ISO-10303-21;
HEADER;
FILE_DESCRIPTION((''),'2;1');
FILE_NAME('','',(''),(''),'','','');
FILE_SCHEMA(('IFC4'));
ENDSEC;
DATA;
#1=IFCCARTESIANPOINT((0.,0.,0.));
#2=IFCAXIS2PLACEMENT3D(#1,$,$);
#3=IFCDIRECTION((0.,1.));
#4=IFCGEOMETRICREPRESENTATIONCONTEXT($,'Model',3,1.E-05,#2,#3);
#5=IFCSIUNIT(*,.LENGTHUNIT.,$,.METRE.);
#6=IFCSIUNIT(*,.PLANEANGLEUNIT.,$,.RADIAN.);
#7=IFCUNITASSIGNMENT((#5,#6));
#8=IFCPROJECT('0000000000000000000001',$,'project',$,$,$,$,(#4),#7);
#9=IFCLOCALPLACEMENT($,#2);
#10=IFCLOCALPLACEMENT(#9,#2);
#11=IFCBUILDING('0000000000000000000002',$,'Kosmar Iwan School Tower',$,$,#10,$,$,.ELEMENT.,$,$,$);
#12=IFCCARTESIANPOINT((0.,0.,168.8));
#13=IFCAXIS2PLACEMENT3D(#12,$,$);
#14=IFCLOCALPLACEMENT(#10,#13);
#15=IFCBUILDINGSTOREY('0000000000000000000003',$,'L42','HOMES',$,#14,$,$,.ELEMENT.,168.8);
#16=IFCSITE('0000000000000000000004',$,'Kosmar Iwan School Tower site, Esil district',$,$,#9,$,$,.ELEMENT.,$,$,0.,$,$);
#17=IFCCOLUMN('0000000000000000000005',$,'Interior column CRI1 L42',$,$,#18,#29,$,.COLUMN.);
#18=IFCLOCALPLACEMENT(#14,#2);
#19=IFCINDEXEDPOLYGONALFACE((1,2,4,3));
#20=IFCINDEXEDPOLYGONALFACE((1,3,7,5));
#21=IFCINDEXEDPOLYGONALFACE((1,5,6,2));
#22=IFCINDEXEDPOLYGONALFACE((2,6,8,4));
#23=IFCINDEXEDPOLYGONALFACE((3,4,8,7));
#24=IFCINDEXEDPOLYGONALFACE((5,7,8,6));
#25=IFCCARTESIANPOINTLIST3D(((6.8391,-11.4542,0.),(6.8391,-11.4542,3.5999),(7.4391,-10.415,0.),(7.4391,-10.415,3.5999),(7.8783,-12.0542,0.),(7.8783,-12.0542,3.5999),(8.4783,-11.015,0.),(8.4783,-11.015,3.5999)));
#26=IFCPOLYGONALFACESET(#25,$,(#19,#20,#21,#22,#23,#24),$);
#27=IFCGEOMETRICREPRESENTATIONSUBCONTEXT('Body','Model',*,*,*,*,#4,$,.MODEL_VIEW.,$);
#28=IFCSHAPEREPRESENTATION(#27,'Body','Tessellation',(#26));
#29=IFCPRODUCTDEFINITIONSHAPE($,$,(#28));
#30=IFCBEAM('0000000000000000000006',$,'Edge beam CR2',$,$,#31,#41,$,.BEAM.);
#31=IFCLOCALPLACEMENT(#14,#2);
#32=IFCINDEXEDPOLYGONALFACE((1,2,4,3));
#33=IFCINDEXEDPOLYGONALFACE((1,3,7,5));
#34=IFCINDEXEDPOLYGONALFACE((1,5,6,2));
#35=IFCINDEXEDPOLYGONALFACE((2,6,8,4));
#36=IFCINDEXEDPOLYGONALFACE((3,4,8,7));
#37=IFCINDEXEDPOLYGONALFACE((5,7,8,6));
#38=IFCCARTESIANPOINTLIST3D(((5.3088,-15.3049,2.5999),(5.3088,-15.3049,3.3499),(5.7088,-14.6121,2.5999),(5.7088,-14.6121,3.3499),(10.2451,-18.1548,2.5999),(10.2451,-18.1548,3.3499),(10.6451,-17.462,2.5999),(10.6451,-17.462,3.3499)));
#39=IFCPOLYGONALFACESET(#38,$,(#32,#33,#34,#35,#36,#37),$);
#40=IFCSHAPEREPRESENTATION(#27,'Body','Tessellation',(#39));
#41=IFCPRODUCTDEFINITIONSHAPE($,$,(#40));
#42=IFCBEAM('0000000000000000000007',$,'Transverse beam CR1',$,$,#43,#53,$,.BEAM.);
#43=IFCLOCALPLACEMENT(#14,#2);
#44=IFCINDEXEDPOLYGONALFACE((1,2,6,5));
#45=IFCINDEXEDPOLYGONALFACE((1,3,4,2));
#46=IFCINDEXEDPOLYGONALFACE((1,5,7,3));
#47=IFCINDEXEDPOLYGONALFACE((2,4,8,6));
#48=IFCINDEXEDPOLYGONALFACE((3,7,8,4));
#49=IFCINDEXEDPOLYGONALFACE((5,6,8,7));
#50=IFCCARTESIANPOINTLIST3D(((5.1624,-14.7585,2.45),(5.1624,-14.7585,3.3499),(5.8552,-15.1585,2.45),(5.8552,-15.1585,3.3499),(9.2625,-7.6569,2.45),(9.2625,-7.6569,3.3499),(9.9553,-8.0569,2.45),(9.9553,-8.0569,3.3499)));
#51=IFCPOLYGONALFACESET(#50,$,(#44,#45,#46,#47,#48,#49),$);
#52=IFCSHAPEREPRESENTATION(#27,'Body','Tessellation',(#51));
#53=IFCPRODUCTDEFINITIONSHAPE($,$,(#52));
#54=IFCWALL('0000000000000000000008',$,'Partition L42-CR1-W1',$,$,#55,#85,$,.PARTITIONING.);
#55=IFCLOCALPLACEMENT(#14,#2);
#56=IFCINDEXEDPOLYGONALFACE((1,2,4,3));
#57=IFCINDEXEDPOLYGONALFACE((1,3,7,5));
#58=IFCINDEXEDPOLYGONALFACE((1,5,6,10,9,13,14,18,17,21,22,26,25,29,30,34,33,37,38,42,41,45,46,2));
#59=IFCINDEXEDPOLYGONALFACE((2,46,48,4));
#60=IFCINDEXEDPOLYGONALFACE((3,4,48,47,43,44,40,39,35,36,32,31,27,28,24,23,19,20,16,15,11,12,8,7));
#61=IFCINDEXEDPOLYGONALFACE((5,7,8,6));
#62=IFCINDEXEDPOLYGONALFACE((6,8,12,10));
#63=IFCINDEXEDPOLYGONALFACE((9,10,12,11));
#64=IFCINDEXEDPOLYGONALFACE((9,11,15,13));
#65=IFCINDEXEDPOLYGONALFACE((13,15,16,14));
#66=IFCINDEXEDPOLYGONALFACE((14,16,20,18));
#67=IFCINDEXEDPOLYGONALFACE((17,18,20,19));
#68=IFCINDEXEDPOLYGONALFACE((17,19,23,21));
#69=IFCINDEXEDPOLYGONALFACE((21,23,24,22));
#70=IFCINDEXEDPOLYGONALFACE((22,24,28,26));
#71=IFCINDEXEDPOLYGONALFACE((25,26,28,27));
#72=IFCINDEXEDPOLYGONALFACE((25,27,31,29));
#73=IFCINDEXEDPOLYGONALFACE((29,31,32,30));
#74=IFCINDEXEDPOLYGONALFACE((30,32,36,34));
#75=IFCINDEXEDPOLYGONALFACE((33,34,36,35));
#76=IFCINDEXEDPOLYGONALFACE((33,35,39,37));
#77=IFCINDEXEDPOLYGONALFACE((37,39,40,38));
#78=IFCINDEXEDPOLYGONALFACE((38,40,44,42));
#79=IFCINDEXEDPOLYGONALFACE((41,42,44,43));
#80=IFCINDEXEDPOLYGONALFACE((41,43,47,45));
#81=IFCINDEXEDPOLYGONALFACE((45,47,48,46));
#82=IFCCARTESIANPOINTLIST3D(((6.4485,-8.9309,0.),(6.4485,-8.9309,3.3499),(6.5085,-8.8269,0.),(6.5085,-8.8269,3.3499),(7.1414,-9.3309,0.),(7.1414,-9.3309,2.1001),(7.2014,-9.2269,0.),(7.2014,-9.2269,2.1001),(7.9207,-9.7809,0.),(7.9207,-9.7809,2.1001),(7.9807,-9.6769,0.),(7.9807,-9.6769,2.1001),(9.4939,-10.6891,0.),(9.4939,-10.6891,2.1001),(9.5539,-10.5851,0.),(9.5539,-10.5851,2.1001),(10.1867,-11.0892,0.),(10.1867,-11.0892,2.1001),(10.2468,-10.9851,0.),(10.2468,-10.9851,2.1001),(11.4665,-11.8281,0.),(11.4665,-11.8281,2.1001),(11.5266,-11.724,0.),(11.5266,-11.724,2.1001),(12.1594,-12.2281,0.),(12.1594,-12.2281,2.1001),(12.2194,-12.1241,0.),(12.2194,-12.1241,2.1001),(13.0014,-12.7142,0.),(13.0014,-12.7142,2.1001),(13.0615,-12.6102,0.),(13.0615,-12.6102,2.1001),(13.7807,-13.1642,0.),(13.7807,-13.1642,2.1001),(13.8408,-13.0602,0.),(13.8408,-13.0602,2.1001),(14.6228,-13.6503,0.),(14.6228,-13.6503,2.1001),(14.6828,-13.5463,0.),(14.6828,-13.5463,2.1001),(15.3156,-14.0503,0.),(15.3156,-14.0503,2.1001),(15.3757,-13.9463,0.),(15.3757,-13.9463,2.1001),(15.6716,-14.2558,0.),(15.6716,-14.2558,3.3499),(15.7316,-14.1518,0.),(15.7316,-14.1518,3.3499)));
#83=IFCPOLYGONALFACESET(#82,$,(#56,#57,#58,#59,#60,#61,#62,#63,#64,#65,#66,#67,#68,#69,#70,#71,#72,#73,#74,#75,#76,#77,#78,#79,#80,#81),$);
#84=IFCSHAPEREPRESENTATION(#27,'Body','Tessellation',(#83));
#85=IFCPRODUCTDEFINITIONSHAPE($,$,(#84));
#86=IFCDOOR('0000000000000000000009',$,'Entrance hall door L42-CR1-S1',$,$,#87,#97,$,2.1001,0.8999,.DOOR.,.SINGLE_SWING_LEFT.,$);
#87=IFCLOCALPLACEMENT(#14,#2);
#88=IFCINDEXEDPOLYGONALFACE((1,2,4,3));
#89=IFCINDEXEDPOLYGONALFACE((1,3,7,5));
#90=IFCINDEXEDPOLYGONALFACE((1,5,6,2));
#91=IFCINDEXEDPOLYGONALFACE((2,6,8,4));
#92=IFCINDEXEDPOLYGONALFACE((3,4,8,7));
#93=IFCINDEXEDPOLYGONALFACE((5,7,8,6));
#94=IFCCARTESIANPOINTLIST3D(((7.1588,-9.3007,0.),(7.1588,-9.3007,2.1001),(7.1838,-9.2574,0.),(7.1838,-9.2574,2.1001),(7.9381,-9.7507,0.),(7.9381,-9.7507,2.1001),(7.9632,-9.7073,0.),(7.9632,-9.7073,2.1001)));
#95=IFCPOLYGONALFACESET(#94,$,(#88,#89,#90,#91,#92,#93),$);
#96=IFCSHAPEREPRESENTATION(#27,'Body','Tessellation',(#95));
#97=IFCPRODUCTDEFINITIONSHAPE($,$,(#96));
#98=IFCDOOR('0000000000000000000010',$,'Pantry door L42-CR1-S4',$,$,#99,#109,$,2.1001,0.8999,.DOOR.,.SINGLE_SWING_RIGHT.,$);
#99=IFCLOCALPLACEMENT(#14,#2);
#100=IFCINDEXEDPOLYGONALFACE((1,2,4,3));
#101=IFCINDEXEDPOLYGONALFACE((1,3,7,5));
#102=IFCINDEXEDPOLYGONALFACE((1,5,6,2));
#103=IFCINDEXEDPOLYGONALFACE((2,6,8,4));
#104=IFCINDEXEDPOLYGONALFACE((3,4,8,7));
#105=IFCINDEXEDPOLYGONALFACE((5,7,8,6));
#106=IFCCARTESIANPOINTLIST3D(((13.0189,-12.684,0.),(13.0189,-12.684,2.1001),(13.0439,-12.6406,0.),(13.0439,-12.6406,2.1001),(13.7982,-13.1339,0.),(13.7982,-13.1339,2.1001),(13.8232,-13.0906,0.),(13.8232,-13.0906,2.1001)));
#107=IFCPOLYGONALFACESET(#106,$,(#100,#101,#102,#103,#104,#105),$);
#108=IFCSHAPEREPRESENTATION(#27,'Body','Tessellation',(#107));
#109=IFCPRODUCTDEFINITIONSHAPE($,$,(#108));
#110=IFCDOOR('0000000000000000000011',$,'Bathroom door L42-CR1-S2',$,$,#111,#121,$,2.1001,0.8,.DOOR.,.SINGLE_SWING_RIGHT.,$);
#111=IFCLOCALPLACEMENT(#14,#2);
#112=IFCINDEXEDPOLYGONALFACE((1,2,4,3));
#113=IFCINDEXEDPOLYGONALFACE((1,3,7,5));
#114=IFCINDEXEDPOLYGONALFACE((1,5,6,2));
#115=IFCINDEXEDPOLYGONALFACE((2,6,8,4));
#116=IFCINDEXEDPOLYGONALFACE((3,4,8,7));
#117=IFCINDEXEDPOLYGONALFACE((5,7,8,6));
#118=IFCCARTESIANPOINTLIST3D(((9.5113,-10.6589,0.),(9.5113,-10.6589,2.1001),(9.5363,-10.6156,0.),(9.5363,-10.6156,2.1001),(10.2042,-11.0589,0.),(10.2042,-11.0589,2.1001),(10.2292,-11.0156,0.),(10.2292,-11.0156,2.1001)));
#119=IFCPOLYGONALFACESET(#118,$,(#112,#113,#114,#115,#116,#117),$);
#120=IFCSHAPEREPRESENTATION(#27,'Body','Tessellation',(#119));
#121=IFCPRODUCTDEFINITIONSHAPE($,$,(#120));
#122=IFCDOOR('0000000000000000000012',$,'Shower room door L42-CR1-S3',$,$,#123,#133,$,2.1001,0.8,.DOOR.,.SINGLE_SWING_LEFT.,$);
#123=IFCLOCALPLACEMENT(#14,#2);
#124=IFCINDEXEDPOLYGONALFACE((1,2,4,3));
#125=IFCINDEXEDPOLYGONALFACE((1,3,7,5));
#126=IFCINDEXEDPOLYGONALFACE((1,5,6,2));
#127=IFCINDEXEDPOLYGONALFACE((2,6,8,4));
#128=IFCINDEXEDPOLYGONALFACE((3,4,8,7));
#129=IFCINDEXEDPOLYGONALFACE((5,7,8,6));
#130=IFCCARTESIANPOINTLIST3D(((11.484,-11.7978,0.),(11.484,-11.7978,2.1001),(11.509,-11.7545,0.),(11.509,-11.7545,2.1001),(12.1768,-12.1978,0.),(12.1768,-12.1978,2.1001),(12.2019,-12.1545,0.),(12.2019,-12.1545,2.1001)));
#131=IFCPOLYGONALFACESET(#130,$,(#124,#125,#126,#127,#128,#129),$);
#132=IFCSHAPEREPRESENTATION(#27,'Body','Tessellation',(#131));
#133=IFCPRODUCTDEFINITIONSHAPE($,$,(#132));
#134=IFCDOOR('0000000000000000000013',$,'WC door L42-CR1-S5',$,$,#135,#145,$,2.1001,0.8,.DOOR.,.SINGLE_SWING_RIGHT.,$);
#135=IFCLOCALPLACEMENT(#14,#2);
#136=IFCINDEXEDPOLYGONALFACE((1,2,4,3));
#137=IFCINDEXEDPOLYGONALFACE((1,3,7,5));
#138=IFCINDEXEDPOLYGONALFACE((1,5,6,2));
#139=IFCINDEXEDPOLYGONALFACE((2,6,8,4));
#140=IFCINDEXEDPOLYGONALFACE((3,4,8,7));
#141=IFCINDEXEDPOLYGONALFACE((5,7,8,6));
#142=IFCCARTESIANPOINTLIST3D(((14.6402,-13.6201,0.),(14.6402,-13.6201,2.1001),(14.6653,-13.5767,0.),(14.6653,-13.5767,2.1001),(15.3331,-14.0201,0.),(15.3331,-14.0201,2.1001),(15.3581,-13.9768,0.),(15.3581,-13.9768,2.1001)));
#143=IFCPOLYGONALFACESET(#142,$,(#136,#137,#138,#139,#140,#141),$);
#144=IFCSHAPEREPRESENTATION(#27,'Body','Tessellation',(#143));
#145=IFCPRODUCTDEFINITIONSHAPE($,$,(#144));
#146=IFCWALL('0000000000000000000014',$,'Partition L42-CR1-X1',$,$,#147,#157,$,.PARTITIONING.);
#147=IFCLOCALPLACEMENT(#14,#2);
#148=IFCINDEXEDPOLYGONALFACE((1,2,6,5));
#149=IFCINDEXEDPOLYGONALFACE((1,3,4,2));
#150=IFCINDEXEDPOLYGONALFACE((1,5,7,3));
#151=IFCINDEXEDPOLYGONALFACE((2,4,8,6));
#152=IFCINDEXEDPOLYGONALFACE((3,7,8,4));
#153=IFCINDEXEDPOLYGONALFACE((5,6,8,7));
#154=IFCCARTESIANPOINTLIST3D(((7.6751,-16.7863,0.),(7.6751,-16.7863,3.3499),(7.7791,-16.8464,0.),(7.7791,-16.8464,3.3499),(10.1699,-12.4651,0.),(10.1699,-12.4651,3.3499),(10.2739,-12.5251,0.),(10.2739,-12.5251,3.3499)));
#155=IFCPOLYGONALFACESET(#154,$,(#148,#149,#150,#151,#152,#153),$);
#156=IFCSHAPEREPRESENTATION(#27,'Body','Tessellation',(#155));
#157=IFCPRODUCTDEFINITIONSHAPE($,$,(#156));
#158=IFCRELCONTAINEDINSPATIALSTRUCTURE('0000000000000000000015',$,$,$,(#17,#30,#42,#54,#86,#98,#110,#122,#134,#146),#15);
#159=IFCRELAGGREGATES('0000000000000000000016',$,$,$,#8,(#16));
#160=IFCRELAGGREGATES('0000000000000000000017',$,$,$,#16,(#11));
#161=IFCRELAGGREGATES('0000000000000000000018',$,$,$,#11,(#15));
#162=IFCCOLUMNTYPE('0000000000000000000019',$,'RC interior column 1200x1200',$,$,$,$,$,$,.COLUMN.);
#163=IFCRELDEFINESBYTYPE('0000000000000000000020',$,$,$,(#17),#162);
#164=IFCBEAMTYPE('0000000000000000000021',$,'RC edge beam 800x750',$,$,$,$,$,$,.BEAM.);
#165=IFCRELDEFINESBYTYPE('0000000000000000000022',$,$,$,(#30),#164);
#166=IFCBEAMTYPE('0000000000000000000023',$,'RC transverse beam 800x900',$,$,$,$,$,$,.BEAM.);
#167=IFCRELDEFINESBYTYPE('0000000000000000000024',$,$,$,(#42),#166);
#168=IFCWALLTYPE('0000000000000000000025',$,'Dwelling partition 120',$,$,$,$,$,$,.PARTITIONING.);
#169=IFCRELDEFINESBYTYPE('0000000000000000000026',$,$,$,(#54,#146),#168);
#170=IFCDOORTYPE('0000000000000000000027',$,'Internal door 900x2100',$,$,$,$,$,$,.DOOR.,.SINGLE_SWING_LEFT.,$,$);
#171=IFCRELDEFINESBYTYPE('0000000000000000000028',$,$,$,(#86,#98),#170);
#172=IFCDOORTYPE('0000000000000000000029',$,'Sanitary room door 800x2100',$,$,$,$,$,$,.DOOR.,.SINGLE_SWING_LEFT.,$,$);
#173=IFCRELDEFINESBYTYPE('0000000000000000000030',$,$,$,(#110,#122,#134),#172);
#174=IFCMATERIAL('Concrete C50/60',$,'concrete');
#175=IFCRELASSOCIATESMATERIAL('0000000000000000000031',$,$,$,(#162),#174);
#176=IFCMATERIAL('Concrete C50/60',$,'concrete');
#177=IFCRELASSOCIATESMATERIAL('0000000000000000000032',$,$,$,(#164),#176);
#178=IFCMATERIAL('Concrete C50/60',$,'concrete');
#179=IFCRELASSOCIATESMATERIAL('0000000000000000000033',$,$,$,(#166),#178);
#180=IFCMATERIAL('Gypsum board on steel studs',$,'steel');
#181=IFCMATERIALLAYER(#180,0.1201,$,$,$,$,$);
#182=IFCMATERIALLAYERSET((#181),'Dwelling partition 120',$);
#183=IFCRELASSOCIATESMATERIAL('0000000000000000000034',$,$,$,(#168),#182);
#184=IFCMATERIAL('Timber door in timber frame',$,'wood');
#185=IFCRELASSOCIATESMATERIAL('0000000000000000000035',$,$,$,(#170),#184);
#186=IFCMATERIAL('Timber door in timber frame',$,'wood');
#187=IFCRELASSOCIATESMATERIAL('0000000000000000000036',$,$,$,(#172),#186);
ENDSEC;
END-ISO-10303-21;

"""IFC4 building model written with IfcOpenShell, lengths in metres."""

from ifc_helpers import new_model, si_unit, direction, frame, frame_2d, origin, origin_2d, place, context, subcontext, project, spatial, rectangle, extrude, material, layer, layer_set, material_profile, profile_set, type_object, element, fill, save


model = new_model("IFC4")

# Units and contexts
model_context = context("Model", 3, precision=1e-05, world=origin(), true_north=direction((0.0, 1.0)))
body_context = subcontext(model_context, "Body", "Model", "MODEL_VIEW")
ifc_project = project(units=[si_unit("LENGTHUNIT", "METRE"), si_unit("PLANEANGLEUNIT", "RADIAN")], contexts=[model_context])

# Site, building, storey
site_placement = place(None, origin())
site = spatial("IfcSite", under=ifc_project, at=site_placement, Name="Kosmar Iwan School Tower site, Esil district", CompositionType="ELEMENT", RefElevation=0.0)
building_placement = place(site_placement, origin())
building = spatial("IfcBuilding", under=site, at=building_placement, Name="Kosmar Iwan School Tower", CompositionType="ELEMENT")
storey_placement = place(building_placement, frame((0.0, 0.0, 168.8)))
storey = spatial("IfcBuildingStorey", under=building, at=storey_placement, Name="L42", Description="HOMES", CompositionType="ELEMENT", Elevation=168.8)

# Column
ifc_material_1 = material(Name="Concrete C50/60", Category="concrete")
ifc_material_profile_1 = material_profile(ifc_material_1, rectangle(XDim=1.2, YDim=1.2, at=origin_2d()), Name="RC 1200x1200")
ifc_profile_set_1 = profile_set([ifc_material_profile_1], Name="Concrete C50/60")
column_type = type_object("IfcColumnType", Name="RC interior column 1200x1200", PredefinedType="COLUMN", material=ifc_profile_set_1)
column_placement = place(storey_placement, frame((7.6587, -11.2346, 0.0), z_axis=(0.0, 0.0, 1.0), x_axis=(0.866025, -0.5, 0.0)))
element("IfcColumn", 1, at=column_placement, inside=storey, type_object=column_type, Name="Interior column CRI1 L42", PredefinedType="COLUMN", context=body_context, shape_type="SweptSolid", body=[
    extrude(rectangle(XDim=1.2, YDim=1.2, at=origin_2d()), origin(), (0.0, 0.0, 1.0), 3.5999),
])

# Beams
ifc_material_2 = material(Name="Concrete C50/60", Category="concrete")
ifc_material_profile_2 = material_profile(ifc_material_2, rectangle(XDim=0.8, YDim=0.75, at=origin_2d()), Name="RC 800x750")
ifc_profile_set_2 = profile_set([ifc_material_profile_2], Name="Concrete C50/60")
beam_type_1 = type_object("IfcBeamType", Name="RC edge beam 800x750", PredefinedType="BEAM", material=ifc_profile_set_2)
beam_1_placement = place(storey_placement, frame((5.5088, -14.9585, 2.9749), z_axis=(0.866034, -0.499986, 0.0), x_axis=(0.499986, 0.866034, 0.0)))
element("IfcBeam", 2, at=beam_1_placement, inside=storey, type_object=beam_type_1, Name="Edge beam CR2", PredefinedType="BEAM", context=body_context, shape_type="SweptSolid", body=[
    extrude(rectangle(XDim=0.8, YDim=0.75, at=origin_2d()), origin(), (0.0, 0.0, 1.0), 5.7),
])
ifc_material_3 = material(Name="Concrete C50/60", Category="concrete")
ifc_material_profile_3 = material_profile(ifc_material_3, rectangle(XDim=0.8, YDim=0.8999, at=origin_2d()), Name="RC 800x900")
ifc_profile_set_3 = profile_set([ifc_material_profile_3], Name="Concrete C50/60")
beam_type_2 = type_object("IfcBeamType", Name="RC transverse beam 800x900", PredefinedType="BEAM", material=ifc_profile_set_3)
beam_2_placement = place(storey_placement, frame((5.5088, -14.9585, 2.8999), z_axis=(0.500001, 0.866025, 0.0), x_axis=(-0.866025, 0.500001, 0.0)))
element("IfcBeam", 3, at=beam_2_placement, inside=storey, type_object=beam_type_2, Name="Transverse beam CR1", PredefinedType="BEAM", context=body_context, shape_type="SweptSolid", body=[
    extrude(rectangle(XDim=0.8, YDim=0.8999, at=origin_2d()), origin(), (0.0, 0.0, 1.0), 8.2002),
])

# Wall, openings, doors
ifc_material_4 = material(Name="Gypsum board on steel studs", Category="steel")
ifc_layer = layer(ifc_material_4, 0.1201)
ifc_layer_set = layer_set([ifc_layer], Name="Dwelling partition 120")
wall_type = type_object("IfcWallType", Name="Dwelling partition 120", PredefinedType="PARTITIONING", material=ifc_layer_set)
wall_1_placement = place(storey_placement, frame((6.4785, -8.8789, 0.0), z_axis=(0.0, 0.0, 1.0), x_axis=(0.866027, -0.499998, 0.0)))
wall_1 = element("IfcWall", 4, at=wall_1_placement, inside=storey, type_object=wall_type, Name="Partition L42-CR1-W1", PredefinedType="PARTITIONING", context=body_context, shape_type="SweptSolid", body=[
    extrude(rectangle(XDim=10.6499, YDim=0.1201, at=frame_2d((5.325, 0.0))), origin(), (0.0, 0.0, 1.0), 3.3499),
])
opening_1_placement = place(wall_1_placement, frame((0.8, 0.0, 0.0)))
opening_1 = element("IfcOpeningElement", 5, at=opening_1_placement, cuts=wall_1, PredefinedType="OPENING", context=body_context, shape_type="SweptSolid", body=[
    extrude(rectangle(XDim=0.8999, YDim=2.1001, at=frame_2d((0.45, 1.05))), frame((0.0, 0.072, 0.0), z_axis=(0.0, -1.0, 0.0), x_axis=(1.0, 0.0, 0.0)), (0.0, 0.0, 1.0), 0.144),
])
opening_2_placement = place(wall_1_placement, frame((3.5166, 0.0, 0.0)))
opening_2 = element("IfcOpeningElement", 6, at=opening_2_placement, cuts=wall_1, PredefinedType="OPENING", context=body_context, shape_type="SweptSolid", body=[
    extrude(rectangle(XDim=0.8, YDim=2.1001, at=frame_2d((0.3999, 1.05))), frame((0.0, 0.072, 0.0), z_axis=(0.0, -1.0, 0.0), x_axis=(1.0, 0.0, 0.0)), (0.0, 0.0, 1.0), 0.144),
])
opening_3_placement = place(wall_1_placement, frame((5.7944, 0.0, 0.0)))
opening_3 = element("IfcOpeningElement", 7, at=opening_3_placement, cuts=wall_1, PredefinedType="OPENING", context=body_context, shape_type="SweptSolid", body=[
    extrude(rectangle(XDim=0.8, YDim=2.1001, at=frame_2d((0.3999, 1.05))), frame((0.0, 0.072, 0.0), z_axis=(0.0, -1.0, 0.0), x_axis=(1.0, 0.0, 0.0)), (0.0, 0.0, 1.0), 0.144),
])
opening_4_placement = place(wall_1_placement, frame((7.5667, 0.0, 0.0)))
opening_4 = element("IfcOpeningElement", 8, at=opening_4_placement, cuts=wall_1, PredefinedType="OPENING", context=body_context, shape_type="SweptSolid", body=[
    extrude(rectangle(XDim=0.8999, YDim=2.1001, at=frame_2d((0.45, 1.05))), frame((0.0, 0.072, 0.0), z_axis=(0.0, -1.0, 0.0), x_axis=(1.0, 0.0, 0.0)), (0.0, 0.0, 1.0), 0.144),
])
opening_5_placement = place(wall_1_placement, frame((9.439, 0.0, 0.0)))
opening_5 = element("IfcOpeningElement", 9, at=opening_5_placement, cuts=wall_1, PredefinedType="OPENING", context=body_context, shape_type="SweptSolid", body=[
    extrude(rectangle(XDim=0.8, YDim=2.1001, at=frame_2d((0.3999, 1.05))), frame((0.0, 0.072, 0.0), z_axis=(0.0, -1.0, 0.0), x_axis=(1.0, 0.0, 0.0)), (0.0, 0.0, 1.0), 0.144),
])
ifc_material_5 = material(Name="Timber door in timber frame", Category="wood")
door_type_1 = type_object("IfcDoorType", Name="Internal door 900x2100", OperationType="SINGLE_SWING_LEFT", PredefinedType="DOOR", material=ifc_material_5)
door_1_placement = place(opening_1_placement, origin())
door_1 = element("IfcDoor", 10, at=door_1_placement, inside=storey, type_object=door_type_1, Name="Entrance hall door L42-CR1-S1", OperationType="SINGLE_SWING_LEFT", OverallHeight=2.1001, OverallWidth=0.8999, PredefinedType="DOOR", context=body_context, shape_type="SweptSolid", body=[
    extrude(rectangle(XDim=0.8999, YDim=2.1001, at=frame_2d((0.45, 1.05))), frame((0.0, 0.0249, 0.0), z_axis=(0.0, -1.0, 0.0), x_axis=(1.0, 0.0, 0.0)), (0.0, 0.0, 1.0), 0.05),
])
fill(opening_1, door_1)
door_2_placement = place(opening_4_placement, origin())
door_2 = element("IfcDoor", 11, at=door_2_placement, inside=storey, type_object=door_type_1, Name="Pantry door L42-CR1-S4", OperationType="SINGLE_SWING_RIGHT", OverallHeight=2.1001, OverallWidth=0.8999, PredefinedType="DOOR", context=body_context, shape_type="SweptSolid", body=[
    extrude(rectangle(XDim=0.8999, YDim=2.1001, at=frame_2d((0.45, 1.05))), frame((0.0, 0.0249, 0.0), z_axis=(0.0, -1.0, 0.0), x_axis=(1.0, 0.0, 0.0)), (0.0, 0.0, 1.0), 0.05),
])
fill(opening_4, door_2)
ifc_material_6 = material(Name="Timber door in timber frame", Category="wood")
door_type_2 = type_object("IfcDoorType", Name="Sanitary room door 800x2100", OperationType="SINGLE_SWING_LEFT", PredefinedType="DOOR", material=ifc_material_6)
door_3_placement = place(opening_2_placement, origin())
door_3 = element("IfcDoor", 12, at=door_3_placement, inside=storey, type_object=door_type_2, Name="Bathroom door L42-CR1-S2", OperationType="SINGLE_SWING_RIGHT", OverallHeight=2.1001, OverallWidth=0.8, PredefinedType="DOOR", context=body_context, shape_type="SweptSolid", body=[
    extrude(rectangle(XDim=0.8, YDim=2.1001, at=frame_2d((0.3999, 1.05))), frame((0.0, 0.0249, 0.0), z_axis=(0.0, -1.0, 0.0), x_axis=(1.0, 0.0, 0.0)), (0.0, 0.0, 1.0), 0.05),
])
fill(opening_2, door_3)
door_4_placement = place(opening_3_placement, origin())
door_4 = element("IfcDoor", 13, at=door_4_placement, inside=storey, type_object=door_type_2, Name="Shower room door L42-CR1-S3", OperationType="SINGLE_SWING_LEFT", OverallHeight=2.1001, OverallWidth=0.8, PredefinedType="DOOR", context=body_context, shape_type="SweptSolid", body=[
    extrude(rectangle(XDim=0.8, YDim=2.1001, at=frame_2d((0.3999, 1.05))), frame((0.0, 0.0249, 0.0), z_axis=(0.0, -1.0, 0.0), x_axis=(1.0, 0.0, 0.0)), (0.0, 0.0, 1.0), 0.05),
])
fill(opening_3, door_4)
door_5_placement = place(opening_5_placement, origin())
door_5 = element("IfcDoor", 14, at=door_5_placement, inside=storey, type_object=door_type_2, Name="WC door L42-CR1-S5", OperationType="SINGLE_SWING_RIGHT", OverallHeight=2.1001, OverallWidth=0.8, PredefinedType="DOOR", context=body_context, shape_type="SweptSolid", body=[
    extrude(rectangle(XDim=0.8, YDim=2.1001, at=frame_2d((0.3999, 1.05))), frame((0.0, 0.0249, 0.0), z_axis=(0.0, -1.0, 0.0), x_axis=(1.0, 0.0, 0.0)), (0.0, 0.0, 1.0), 0.05),
])
fill(opening_5, door_5)

# Wall
wall_2_placement = place(storey_placement, frame((10.2219, -12.4951, 0.0), z_axis=(0.0, 0.0, 1.0), x_axis=(-0.499996, -0.866028, 0.0)))
element("IfcWall", 15, at=wall_2_placement, inside=storey, type_object=wall_type, Name="Partition L42-CR1-X1", PredefinedType="PARTITIONING", context=body_context, shape_type="SweptSolid", body=[
    extrude(rectangle(XDim=4.9897, YDim=0.1201, at=frame_2d((2.4949, 0.0))), origin(), (0.0, 0.0, 1.0), 3.3499),
])

save(model, "model.ifc")
